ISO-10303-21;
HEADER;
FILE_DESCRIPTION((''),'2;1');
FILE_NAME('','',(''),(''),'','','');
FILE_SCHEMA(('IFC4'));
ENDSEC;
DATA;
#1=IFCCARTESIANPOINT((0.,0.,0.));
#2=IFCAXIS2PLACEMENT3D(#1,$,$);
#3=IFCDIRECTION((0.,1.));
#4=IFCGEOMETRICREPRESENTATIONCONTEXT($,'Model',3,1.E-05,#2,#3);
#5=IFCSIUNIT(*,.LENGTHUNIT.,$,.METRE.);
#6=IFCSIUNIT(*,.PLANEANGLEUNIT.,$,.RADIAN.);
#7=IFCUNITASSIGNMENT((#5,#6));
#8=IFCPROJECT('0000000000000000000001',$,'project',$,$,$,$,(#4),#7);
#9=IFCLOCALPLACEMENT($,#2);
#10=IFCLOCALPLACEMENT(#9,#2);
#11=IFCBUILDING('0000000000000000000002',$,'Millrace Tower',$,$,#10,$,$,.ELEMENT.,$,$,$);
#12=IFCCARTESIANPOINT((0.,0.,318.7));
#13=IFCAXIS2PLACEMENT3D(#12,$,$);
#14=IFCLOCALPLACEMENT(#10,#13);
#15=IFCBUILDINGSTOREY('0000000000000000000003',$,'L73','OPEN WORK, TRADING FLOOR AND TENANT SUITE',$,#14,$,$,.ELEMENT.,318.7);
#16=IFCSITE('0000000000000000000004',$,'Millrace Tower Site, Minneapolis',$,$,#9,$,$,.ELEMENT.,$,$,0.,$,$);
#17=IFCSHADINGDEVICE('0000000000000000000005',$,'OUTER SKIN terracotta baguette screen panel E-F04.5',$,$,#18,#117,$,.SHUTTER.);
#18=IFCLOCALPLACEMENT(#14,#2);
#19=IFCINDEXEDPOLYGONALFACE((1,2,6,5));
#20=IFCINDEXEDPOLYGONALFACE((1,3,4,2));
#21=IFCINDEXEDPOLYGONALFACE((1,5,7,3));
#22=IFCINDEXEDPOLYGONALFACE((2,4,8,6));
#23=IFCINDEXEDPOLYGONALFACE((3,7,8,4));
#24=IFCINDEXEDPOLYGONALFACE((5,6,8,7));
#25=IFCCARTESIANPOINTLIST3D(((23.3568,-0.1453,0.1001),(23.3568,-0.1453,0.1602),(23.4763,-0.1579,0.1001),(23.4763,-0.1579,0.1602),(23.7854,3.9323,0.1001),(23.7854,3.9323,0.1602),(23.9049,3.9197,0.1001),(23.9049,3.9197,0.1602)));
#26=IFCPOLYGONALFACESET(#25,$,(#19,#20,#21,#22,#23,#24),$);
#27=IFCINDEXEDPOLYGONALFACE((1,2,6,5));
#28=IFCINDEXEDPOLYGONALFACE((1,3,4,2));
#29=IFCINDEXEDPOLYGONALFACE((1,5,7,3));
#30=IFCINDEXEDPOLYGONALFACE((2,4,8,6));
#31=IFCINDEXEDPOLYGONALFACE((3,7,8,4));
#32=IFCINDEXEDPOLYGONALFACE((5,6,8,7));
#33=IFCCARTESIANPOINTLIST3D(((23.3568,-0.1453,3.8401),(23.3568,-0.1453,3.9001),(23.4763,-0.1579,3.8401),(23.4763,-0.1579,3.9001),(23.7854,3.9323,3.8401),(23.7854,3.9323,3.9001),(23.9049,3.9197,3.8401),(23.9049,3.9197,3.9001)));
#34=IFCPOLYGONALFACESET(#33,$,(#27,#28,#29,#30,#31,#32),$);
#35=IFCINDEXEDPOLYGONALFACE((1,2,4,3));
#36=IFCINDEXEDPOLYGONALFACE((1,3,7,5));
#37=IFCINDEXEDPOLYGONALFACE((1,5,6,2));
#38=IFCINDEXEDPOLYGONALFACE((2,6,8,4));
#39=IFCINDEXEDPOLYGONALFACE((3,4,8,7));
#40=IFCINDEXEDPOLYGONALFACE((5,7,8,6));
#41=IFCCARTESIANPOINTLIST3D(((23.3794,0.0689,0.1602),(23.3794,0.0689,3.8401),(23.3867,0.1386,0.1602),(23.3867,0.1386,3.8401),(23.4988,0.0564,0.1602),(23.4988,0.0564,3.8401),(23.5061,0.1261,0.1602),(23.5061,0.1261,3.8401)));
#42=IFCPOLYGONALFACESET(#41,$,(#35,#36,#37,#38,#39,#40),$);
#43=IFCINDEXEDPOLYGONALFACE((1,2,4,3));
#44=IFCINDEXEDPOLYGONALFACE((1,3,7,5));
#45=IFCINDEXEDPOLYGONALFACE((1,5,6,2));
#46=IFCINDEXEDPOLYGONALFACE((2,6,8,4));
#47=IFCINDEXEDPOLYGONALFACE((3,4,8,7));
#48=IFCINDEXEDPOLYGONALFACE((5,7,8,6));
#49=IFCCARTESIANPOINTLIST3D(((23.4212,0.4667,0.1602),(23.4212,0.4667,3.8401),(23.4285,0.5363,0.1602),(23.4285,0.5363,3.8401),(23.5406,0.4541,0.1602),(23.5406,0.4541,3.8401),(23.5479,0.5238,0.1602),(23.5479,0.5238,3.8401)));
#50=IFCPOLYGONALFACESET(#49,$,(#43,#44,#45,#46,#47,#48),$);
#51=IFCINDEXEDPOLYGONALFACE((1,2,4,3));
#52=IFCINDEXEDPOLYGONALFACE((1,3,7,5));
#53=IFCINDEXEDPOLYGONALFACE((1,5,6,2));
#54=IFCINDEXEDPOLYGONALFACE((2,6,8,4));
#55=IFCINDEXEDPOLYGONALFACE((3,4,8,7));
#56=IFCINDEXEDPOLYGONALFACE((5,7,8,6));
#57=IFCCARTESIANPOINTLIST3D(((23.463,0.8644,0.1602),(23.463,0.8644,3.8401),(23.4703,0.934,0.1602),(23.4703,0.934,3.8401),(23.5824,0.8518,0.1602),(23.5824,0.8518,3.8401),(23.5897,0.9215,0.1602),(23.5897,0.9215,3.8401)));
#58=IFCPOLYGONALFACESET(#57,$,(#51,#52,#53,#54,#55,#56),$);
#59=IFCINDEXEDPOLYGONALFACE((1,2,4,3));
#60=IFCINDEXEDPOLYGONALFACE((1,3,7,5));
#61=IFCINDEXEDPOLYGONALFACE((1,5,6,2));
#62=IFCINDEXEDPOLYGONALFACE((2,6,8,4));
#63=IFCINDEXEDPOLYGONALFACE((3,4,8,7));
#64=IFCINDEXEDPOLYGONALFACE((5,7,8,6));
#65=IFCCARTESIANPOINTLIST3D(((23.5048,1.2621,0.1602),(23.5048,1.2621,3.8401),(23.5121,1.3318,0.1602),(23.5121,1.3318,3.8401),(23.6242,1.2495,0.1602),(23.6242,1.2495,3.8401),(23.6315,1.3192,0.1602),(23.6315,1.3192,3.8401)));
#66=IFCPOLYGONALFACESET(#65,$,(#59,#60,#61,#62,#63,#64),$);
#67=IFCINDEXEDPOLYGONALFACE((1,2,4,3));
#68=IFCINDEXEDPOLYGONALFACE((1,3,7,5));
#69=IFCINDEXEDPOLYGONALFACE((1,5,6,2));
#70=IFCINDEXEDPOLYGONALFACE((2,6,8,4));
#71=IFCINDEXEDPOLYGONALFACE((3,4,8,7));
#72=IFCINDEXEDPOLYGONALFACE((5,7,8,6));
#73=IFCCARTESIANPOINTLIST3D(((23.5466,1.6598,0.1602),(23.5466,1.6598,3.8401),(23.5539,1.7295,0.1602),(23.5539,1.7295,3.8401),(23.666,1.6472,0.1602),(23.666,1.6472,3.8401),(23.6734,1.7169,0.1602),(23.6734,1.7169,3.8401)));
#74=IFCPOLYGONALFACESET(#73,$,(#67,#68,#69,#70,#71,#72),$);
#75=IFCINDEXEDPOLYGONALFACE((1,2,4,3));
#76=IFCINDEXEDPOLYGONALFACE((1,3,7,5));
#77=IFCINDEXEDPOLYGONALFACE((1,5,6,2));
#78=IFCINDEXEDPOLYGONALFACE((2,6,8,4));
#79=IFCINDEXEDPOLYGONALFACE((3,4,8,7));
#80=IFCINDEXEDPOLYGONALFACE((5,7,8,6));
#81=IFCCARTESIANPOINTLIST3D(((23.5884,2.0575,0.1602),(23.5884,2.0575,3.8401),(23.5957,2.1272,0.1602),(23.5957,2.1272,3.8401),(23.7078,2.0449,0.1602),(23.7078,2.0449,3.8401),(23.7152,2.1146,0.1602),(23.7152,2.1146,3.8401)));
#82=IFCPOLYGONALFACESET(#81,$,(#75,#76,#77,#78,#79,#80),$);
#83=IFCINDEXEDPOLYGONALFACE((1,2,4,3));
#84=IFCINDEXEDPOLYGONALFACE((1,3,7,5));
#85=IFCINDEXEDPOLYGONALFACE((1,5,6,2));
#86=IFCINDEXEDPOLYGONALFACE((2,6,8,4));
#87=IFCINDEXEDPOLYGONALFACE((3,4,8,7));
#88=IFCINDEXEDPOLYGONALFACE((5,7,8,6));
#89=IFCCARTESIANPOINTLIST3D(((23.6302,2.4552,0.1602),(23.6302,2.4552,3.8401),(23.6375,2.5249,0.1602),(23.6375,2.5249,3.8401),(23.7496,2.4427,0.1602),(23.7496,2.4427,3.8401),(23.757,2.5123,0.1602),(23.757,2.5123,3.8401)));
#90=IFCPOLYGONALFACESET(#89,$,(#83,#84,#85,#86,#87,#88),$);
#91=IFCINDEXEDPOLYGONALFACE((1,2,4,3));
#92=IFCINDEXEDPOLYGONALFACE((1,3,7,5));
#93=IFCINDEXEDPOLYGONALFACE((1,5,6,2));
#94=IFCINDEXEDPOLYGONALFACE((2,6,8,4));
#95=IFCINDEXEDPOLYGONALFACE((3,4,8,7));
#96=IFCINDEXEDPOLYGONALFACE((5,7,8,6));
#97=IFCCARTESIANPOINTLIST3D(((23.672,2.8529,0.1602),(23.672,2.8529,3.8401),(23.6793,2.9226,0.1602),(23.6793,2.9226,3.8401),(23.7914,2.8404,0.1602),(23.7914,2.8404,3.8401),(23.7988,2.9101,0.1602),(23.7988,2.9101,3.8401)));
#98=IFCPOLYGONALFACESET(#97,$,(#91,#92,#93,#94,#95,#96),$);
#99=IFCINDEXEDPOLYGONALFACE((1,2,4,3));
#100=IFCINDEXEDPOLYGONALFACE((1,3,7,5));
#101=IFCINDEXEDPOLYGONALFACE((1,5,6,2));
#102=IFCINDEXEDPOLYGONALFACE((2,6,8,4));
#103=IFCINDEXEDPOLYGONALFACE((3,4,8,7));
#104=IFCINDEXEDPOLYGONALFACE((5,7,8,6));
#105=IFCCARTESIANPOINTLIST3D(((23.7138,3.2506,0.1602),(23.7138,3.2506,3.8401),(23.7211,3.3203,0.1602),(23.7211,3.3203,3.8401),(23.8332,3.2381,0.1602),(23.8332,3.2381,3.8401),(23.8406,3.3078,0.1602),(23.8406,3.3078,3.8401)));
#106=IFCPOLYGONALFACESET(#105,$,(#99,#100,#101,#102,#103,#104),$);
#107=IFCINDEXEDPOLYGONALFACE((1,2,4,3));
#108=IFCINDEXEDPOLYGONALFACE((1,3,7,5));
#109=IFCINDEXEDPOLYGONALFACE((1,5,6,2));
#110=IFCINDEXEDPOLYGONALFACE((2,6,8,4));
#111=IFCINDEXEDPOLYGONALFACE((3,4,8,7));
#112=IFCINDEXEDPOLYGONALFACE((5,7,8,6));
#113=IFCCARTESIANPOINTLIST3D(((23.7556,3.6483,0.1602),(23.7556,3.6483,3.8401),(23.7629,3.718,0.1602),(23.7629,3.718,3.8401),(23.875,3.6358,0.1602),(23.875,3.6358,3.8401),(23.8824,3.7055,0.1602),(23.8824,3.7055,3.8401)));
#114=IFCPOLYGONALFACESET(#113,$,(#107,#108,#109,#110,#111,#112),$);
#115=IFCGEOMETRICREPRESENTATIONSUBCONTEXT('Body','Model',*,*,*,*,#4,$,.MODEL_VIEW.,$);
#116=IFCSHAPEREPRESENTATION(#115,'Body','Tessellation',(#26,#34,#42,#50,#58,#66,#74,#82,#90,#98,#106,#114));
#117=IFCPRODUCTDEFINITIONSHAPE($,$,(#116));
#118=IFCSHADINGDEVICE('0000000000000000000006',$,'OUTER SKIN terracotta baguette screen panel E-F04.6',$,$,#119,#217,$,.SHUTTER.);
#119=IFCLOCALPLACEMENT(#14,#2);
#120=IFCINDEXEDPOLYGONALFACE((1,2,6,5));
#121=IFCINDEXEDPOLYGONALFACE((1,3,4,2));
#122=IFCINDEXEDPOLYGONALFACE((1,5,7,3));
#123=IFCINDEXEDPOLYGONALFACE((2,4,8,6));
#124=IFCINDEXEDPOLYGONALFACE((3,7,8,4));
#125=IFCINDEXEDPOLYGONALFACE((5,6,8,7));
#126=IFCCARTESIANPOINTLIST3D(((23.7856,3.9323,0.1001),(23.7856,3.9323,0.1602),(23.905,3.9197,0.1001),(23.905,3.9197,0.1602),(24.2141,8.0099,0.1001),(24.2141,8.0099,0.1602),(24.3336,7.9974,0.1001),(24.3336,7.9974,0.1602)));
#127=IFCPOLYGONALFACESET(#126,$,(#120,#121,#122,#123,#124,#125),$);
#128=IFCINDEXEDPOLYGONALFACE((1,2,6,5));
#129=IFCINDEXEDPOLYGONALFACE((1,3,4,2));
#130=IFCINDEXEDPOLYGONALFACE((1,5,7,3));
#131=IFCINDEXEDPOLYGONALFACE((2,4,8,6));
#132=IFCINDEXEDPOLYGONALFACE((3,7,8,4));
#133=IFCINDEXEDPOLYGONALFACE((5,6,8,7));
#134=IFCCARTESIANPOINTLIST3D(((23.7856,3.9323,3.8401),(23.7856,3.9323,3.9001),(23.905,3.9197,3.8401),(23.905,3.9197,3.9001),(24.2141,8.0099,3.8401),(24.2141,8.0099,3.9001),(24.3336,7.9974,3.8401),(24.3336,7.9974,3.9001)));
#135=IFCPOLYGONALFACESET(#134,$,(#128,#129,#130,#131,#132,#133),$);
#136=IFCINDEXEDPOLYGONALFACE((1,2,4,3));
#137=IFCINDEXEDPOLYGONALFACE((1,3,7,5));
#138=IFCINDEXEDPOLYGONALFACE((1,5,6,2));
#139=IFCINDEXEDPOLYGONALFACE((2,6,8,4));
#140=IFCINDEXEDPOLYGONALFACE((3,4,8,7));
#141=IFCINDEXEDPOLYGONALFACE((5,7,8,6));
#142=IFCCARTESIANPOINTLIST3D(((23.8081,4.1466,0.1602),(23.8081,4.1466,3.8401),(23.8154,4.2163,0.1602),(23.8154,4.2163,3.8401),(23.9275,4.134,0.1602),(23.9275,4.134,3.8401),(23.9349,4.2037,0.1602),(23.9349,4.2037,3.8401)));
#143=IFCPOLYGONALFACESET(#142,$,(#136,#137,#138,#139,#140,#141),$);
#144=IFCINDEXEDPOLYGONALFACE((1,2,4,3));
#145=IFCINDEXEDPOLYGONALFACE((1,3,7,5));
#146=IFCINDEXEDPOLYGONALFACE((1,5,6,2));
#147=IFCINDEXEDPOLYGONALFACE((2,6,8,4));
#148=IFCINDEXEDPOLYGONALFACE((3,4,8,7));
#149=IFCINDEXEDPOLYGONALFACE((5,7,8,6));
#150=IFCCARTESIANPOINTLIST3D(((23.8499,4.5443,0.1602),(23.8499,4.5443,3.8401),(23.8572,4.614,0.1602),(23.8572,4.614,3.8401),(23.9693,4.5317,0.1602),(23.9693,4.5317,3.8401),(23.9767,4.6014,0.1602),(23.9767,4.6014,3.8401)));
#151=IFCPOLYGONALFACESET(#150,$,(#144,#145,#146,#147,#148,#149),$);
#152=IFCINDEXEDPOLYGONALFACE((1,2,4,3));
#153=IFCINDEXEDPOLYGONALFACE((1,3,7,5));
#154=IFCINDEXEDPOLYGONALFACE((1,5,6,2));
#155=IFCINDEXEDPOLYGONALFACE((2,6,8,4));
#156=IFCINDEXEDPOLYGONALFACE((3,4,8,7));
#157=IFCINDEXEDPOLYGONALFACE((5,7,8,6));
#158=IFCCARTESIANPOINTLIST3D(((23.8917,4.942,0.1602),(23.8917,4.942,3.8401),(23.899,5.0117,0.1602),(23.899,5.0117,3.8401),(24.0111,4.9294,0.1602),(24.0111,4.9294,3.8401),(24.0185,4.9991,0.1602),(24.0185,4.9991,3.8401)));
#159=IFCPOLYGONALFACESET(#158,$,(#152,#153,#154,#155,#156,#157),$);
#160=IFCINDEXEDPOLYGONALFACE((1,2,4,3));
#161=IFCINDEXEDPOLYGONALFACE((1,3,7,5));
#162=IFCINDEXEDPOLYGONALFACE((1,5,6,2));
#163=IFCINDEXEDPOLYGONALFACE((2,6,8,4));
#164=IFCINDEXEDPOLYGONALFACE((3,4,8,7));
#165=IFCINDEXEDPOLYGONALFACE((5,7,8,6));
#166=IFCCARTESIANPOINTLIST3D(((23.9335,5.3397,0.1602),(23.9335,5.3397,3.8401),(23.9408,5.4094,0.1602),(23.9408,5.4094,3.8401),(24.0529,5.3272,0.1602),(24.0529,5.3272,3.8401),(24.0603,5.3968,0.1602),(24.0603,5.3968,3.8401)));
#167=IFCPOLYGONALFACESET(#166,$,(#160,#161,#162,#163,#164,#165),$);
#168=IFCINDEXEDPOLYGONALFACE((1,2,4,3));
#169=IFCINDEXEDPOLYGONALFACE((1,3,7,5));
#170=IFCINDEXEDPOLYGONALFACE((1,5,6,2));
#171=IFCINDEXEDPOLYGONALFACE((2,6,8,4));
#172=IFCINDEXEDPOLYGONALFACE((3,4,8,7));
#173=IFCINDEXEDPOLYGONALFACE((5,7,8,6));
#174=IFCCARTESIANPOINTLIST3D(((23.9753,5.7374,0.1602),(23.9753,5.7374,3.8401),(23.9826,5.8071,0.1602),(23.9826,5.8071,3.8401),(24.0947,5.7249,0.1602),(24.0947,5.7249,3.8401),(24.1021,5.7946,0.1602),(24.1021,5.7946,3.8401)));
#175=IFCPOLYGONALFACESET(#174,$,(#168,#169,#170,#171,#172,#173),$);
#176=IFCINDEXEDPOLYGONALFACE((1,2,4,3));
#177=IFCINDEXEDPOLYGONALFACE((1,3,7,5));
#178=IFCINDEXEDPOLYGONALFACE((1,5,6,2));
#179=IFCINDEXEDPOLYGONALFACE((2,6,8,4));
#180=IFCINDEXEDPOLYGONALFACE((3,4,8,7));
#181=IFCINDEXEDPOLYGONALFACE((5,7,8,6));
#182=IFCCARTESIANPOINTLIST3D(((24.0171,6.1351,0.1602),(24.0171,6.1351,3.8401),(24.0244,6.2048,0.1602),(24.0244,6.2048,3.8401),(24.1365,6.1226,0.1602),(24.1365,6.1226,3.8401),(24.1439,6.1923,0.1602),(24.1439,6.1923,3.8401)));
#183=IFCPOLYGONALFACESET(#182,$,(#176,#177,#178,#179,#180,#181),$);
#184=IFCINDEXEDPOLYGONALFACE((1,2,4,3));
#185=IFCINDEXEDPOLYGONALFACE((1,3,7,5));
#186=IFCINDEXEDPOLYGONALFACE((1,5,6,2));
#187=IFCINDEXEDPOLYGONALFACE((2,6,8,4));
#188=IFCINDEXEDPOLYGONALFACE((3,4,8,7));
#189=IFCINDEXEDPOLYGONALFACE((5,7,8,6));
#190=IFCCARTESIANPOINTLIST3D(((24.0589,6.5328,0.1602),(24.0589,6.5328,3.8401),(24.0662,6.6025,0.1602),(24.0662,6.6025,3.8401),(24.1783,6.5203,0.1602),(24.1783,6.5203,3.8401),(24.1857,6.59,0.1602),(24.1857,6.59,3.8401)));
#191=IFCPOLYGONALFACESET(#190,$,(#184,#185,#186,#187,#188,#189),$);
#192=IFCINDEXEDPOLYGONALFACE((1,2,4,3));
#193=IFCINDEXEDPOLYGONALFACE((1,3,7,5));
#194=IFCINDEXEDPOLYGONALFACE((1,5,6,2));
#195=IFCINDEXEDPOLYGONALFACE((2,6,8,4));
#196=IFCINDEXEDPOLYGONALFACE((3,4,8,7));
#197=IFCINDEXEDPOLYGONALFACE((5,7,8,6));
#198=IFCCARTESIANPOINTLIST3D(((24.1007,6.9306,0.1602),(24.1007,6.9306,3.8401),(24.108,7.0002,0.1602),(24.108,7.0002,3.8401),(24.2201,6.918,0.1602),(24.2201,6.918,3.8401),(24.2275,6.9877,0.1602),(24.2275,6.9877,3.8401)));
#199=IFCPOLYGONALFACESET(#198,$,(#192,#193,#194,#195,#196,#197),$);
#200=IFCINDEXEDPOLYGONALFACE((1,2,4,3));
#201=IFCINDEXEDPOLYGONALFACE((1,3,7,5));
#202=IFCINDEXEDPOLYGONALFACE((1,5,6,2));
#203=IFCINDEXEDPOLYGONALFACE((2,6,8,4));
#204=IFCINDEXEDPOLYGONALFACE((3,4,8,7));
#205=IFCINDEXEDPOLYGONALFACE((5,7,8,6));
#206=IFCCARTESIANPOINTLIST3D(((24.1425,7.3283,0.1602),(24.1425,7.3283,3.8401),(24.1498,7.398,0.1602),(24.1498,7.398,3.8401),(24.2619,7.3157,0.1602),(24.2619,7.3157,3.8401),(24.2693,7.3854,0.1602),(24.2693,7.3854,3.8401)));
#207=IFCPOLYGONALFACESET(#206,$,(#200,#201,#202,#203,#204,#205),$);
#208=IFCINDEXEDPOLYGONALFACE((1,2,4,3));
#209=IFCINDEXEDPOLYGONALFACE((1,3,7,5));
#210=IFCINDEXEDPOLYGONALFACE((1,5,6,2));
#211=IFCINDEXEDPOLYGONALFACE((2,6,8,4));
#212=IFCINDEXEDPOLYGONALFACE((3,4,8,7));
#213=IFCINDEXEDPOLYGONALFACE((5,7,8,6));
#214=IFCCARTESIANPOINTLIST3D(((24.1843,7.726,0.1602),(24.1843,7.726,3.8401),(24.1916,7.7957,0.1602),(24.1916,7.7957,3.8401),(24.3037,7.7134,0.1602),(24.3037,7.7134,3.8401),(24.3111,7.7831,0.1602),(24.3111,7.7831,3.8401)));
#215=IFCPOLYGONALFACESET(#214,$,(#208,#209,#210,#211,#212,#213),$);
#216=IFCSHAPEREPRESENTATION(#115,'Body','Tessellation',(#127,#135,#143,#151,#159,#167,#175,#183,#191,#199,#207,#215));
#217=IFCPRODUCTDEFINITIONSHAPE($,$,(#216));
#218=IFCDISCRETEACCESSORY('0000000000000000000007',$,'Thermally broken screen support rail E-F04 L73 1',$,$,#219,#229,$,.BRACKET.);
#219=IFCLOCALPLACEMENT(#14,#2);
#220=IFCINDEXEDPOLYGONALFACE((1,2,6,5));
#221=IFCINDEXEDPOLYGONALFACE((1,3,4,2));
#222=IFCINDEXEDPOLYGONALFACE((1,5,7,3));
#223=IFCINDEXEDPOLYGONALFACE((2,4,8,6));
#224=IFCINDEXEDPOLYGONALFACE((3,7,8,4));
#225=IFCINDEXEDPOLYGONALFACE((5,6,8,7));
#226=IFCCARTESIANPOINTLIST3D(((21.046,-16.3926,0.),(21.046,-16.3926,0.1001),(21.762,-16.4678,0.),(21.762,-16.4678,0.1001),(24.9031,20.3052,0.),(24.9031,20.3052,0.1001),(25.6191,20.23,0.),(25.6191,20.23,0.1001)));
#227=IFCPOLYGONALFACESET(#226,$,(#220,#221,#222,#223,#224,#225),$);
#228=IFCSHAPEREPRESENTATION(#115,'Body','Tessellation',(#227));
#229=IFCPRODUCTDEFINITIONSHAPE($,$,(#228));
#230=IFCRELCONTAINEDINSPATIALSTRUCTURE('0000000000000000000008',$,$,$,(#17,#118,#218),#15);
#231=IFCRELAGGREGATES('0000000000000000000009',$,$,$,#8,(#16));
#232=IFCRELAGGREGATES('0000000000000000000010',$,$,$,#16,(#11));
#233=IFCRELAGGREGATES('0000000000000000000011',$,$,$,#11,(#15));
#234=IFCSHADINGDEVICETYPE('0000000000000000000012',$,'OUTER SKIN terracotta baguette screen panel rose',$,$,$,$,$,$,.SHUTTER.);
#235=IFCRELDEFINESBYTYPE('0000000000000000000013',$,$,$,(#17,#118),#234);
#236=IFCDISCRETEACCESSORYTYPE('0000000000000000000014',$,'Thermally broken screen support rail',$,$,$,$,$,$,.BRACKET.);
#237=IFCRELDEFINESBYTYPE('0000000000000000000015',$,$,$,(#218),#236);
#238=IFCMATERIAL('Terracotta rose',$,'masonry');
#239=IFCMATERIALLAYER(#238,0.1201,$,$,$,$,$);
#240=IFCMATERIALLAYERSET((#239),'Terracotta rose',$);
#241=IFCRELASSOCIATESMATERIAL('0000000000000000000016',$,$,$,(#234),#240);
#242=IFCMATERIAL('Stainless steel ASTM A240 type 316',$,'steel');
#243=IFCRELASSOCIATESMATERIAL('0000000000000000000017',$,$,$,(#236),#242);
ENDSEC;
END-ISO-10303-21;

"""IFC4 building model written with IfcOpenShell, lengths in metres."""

from ifc_helpers import new_model, entity, si_unit, direction, frame, frame_2d, origin, origin_2d, place, context, subcontext, project, spatial, rectangle, extrude, source, transform, mapped, material, layer, layer_set, type_object, element, save


model = new_model("IFC4")

# Units and contexts
model_context = context("Model", 3, precision=1e-05, world=origin(), true_north=direction((0.0, 1.0)))
body_context = subcontext(model_context, "Body", "Model", "MODEL_VIEW")
ifc_project = project(units=[si_unit("LENGTHUNIT", "METRE"), si_unit("PLANEANGLEUNIT", "RADIAN")], contexts=[model_context])

# Site, building, storey
site_placement = place(None, origin())
site = spatial("IfcSite", under=ifc_project, at=site_placement, Name="Millrace Tower Site, Minneapolis", CompositionType="ELEMENT", RefElevation=0.0)
building_placement = place(site_placement, origin())
building = spatial("IfcBuilding", under=site, at=building_placement, Name="Millrace Tower", CompositionType="ELEMENT")
storey_placement = place(building_placement, frame((0.0, 0.0, 318.7)))
storey = spatial("IfcBuildingStorey", under=building, at=storey_placement, Name="L73", Description="OPEN WORK, TRADING FLOOR AND TENANT SUITE", CompositionType="ELEMENT", Elevation=318.7)

# Shading devices
ifc_material_1 = material(Name="Terracotta rose", Category="masonry")
ifc_layer_1 = layer(ifc_material_1, 0.1201)
ifc_layer_set_1 = layer_set([ifc_layer_1], Name="Terracotta rose")
shading_device_type = type_object("IfcShadingDeviceType", Name="OUTER SKIN terracotta baguette screen panel rose", PredefinedType="SHUTTER", material=ifc_layer_set_1)
cartesian_point = entity("IfcCartesianPoint", [-2.05, 0.0601])
shared_polyline = entity("IfcPolyline", [cartesian_point, entity("IfcCartesianPoint", [2.05, 0.0601]), entity("IfcCartesianPoint", [2.05, -0.0601]), entity("IfcCartesianPoint", [-2.05, -0.0601]), cartesian_point])
shared_shape = source(origin(), body_context, "Body", "SweptSolid", [
    entity("IfcExtrudedAreaSolid", entity("IfcArbitraryClosedProfileDef", "AREA", None, shared_polyline), entity("IfcAxis2Placement3D", entity("IfcCartesianPoint", [0.0, 0.0, 0.0])), entity("IfcDirection", [0.0, 0.0, 1.0]), 0.0601),
    entity("IfcExtrudedAreaSolid", entity("IfcArbitraryClosedProfileDef", "AREA", None, shared_polyline), entity("IfcAxis2Placement3D", entity("IfcCartesianPoint", [0.0, 0.0, 3.74])), entity("IfcDirection", [0.0, 0.0, 1.0]), 0.0601),
    extrude(rectangle(XDim=0.0701, YDim=0.1201, at=frame_2d((-1.7996, 0.0))), frame((0.0, 0.0, 0.0601)), (0.0, 0.0, 1.0), 3.6799),
    extrude(rectangle(XDim=0.0701, YDim=0.1201, at=frame_2d((-1.3997, 0.0))), frame((0.0, 0.0, 0.0601)), (0.0, 0.0, 1.0), 3.6799),
    extrude(rectangle(XDim=0.0701, YDim=0.1201, at=frame_2d((-0.9998, 0.0))), frame((0.0, 0.0, 0.0601)), (0.0, 0.0, 1.0), 3.6799),
    extrude(rectangle(XDim=0.0701, YDim=0.1201, at=frame_2d((-0.5999, 0.0))), frame((0.0, 0.0, 0.0601)), (0.0, 0.0, 1.0), 3.6799),
    extrude(rectangle(XDim=0.0701, YDim=0.1201, at=frame_2d((-0.2, 0.0))), frame((0.0, 0.0, 0.0601)), (0.0, 0.0, 1.0), 3.6799),
    extrude(rectangle(XDim=0.0701, YDim=0.1201, at=frame_2d((0.2, 0.0))), frame((0.0, 0.0, 0.0601)), (0.0, 0.0, 1.0), 3.6799),
    extrude(rectangle(XDim=0.0701, YDim=0.1201, at=frame_2d((0.5999, 0.0))), frame((0.0, 0.0, 0.0601)), (0.0, 0.0, 1.0), 3.6799),
    extrude(rectangle(XDim=0.0701, YDim=0.1201, at=frame_2d((0.9998, 0.0))), frame((0.0, 0.0, 0.0601)), (0.0, 0.0, 1.0), 3.6799),
    extrude(rectangle(XDim=0.0701, YDim=0.1201, at=frame_2d((1.3997, 0.0))), frame((0.0, 0.0, 0.0601)), (0.0, 0.0, 1.0), 3.6799),
    extrude(rectangle(XDim=0.0701, YDim=0.1201, at=frame_2d((1.7996, 0.0))), frame((0.0, 0.0, 0.0601)), (0.0, 0.0, 1.0), 3.6799),
])
for number, where, z_axis, x_axis, name in (
    (1, (23.6309, 1.8872, 0.1001), (0.0, 0.0, 1.0), (0.104528, 0.994522, 0.0), "OUTER SKIN terracotta baguette screen panel E-F04.5"),
    (2, (24.0596, 5.9648, 0.1001), (0.0, 0.0, 1.0), (0.104528, 0.994522, 0.0), "OUTER SKIN terracotta baguette screen panel E-F04.6"),
):
    element("IfcShadingDevice", number, at=place(storey_placement, frame(where, z_axis=z_axis, x_axis=x_axis)), inside=storey, type_object=shading_device_type, Name=name, PredefinedType="SHUTTER", context=body_context, shape_type="MappedRepresentation", body=[
        mapped(shared_shape, transform((0.0, 0.0, 0.0), scale=1.0)),
    ])

# Discrete accessory
ifc_material_2 = material(Name="Stainless steel ASTM A240 type 316", Category="steel")
discrete_accessory_type = type_object("IfcDiscreteAccessoryType", Name="Thermally broken screen support rail", PredefinedType="BRACKET", material=ifc_material_2)
discrete_accessory_placement = place(storey_placement, frame((23.3325, 1.9187, 0.0), z_axis=(0.0, 0.0, 1.0), x_axis=(0.104528, 0.994522, 0.0)))
element("IfcDiscreteAccessory", 3, at=discrete_accessory_placement, inside=storey, type_object=discrete_accessory_type, Name="Thermally broken screen support rail E-F04 L73 1", PredefinedType="BRACKET", context=body_context, shape_type="SweptSolid", body=[
    extrude(rectangle(XDim=36.8999, YDim=0.72, at=origin_2d()), origin(), (0.0, 0.0, 1.0), 0.1001),
])

save(model, "model.ifc")
